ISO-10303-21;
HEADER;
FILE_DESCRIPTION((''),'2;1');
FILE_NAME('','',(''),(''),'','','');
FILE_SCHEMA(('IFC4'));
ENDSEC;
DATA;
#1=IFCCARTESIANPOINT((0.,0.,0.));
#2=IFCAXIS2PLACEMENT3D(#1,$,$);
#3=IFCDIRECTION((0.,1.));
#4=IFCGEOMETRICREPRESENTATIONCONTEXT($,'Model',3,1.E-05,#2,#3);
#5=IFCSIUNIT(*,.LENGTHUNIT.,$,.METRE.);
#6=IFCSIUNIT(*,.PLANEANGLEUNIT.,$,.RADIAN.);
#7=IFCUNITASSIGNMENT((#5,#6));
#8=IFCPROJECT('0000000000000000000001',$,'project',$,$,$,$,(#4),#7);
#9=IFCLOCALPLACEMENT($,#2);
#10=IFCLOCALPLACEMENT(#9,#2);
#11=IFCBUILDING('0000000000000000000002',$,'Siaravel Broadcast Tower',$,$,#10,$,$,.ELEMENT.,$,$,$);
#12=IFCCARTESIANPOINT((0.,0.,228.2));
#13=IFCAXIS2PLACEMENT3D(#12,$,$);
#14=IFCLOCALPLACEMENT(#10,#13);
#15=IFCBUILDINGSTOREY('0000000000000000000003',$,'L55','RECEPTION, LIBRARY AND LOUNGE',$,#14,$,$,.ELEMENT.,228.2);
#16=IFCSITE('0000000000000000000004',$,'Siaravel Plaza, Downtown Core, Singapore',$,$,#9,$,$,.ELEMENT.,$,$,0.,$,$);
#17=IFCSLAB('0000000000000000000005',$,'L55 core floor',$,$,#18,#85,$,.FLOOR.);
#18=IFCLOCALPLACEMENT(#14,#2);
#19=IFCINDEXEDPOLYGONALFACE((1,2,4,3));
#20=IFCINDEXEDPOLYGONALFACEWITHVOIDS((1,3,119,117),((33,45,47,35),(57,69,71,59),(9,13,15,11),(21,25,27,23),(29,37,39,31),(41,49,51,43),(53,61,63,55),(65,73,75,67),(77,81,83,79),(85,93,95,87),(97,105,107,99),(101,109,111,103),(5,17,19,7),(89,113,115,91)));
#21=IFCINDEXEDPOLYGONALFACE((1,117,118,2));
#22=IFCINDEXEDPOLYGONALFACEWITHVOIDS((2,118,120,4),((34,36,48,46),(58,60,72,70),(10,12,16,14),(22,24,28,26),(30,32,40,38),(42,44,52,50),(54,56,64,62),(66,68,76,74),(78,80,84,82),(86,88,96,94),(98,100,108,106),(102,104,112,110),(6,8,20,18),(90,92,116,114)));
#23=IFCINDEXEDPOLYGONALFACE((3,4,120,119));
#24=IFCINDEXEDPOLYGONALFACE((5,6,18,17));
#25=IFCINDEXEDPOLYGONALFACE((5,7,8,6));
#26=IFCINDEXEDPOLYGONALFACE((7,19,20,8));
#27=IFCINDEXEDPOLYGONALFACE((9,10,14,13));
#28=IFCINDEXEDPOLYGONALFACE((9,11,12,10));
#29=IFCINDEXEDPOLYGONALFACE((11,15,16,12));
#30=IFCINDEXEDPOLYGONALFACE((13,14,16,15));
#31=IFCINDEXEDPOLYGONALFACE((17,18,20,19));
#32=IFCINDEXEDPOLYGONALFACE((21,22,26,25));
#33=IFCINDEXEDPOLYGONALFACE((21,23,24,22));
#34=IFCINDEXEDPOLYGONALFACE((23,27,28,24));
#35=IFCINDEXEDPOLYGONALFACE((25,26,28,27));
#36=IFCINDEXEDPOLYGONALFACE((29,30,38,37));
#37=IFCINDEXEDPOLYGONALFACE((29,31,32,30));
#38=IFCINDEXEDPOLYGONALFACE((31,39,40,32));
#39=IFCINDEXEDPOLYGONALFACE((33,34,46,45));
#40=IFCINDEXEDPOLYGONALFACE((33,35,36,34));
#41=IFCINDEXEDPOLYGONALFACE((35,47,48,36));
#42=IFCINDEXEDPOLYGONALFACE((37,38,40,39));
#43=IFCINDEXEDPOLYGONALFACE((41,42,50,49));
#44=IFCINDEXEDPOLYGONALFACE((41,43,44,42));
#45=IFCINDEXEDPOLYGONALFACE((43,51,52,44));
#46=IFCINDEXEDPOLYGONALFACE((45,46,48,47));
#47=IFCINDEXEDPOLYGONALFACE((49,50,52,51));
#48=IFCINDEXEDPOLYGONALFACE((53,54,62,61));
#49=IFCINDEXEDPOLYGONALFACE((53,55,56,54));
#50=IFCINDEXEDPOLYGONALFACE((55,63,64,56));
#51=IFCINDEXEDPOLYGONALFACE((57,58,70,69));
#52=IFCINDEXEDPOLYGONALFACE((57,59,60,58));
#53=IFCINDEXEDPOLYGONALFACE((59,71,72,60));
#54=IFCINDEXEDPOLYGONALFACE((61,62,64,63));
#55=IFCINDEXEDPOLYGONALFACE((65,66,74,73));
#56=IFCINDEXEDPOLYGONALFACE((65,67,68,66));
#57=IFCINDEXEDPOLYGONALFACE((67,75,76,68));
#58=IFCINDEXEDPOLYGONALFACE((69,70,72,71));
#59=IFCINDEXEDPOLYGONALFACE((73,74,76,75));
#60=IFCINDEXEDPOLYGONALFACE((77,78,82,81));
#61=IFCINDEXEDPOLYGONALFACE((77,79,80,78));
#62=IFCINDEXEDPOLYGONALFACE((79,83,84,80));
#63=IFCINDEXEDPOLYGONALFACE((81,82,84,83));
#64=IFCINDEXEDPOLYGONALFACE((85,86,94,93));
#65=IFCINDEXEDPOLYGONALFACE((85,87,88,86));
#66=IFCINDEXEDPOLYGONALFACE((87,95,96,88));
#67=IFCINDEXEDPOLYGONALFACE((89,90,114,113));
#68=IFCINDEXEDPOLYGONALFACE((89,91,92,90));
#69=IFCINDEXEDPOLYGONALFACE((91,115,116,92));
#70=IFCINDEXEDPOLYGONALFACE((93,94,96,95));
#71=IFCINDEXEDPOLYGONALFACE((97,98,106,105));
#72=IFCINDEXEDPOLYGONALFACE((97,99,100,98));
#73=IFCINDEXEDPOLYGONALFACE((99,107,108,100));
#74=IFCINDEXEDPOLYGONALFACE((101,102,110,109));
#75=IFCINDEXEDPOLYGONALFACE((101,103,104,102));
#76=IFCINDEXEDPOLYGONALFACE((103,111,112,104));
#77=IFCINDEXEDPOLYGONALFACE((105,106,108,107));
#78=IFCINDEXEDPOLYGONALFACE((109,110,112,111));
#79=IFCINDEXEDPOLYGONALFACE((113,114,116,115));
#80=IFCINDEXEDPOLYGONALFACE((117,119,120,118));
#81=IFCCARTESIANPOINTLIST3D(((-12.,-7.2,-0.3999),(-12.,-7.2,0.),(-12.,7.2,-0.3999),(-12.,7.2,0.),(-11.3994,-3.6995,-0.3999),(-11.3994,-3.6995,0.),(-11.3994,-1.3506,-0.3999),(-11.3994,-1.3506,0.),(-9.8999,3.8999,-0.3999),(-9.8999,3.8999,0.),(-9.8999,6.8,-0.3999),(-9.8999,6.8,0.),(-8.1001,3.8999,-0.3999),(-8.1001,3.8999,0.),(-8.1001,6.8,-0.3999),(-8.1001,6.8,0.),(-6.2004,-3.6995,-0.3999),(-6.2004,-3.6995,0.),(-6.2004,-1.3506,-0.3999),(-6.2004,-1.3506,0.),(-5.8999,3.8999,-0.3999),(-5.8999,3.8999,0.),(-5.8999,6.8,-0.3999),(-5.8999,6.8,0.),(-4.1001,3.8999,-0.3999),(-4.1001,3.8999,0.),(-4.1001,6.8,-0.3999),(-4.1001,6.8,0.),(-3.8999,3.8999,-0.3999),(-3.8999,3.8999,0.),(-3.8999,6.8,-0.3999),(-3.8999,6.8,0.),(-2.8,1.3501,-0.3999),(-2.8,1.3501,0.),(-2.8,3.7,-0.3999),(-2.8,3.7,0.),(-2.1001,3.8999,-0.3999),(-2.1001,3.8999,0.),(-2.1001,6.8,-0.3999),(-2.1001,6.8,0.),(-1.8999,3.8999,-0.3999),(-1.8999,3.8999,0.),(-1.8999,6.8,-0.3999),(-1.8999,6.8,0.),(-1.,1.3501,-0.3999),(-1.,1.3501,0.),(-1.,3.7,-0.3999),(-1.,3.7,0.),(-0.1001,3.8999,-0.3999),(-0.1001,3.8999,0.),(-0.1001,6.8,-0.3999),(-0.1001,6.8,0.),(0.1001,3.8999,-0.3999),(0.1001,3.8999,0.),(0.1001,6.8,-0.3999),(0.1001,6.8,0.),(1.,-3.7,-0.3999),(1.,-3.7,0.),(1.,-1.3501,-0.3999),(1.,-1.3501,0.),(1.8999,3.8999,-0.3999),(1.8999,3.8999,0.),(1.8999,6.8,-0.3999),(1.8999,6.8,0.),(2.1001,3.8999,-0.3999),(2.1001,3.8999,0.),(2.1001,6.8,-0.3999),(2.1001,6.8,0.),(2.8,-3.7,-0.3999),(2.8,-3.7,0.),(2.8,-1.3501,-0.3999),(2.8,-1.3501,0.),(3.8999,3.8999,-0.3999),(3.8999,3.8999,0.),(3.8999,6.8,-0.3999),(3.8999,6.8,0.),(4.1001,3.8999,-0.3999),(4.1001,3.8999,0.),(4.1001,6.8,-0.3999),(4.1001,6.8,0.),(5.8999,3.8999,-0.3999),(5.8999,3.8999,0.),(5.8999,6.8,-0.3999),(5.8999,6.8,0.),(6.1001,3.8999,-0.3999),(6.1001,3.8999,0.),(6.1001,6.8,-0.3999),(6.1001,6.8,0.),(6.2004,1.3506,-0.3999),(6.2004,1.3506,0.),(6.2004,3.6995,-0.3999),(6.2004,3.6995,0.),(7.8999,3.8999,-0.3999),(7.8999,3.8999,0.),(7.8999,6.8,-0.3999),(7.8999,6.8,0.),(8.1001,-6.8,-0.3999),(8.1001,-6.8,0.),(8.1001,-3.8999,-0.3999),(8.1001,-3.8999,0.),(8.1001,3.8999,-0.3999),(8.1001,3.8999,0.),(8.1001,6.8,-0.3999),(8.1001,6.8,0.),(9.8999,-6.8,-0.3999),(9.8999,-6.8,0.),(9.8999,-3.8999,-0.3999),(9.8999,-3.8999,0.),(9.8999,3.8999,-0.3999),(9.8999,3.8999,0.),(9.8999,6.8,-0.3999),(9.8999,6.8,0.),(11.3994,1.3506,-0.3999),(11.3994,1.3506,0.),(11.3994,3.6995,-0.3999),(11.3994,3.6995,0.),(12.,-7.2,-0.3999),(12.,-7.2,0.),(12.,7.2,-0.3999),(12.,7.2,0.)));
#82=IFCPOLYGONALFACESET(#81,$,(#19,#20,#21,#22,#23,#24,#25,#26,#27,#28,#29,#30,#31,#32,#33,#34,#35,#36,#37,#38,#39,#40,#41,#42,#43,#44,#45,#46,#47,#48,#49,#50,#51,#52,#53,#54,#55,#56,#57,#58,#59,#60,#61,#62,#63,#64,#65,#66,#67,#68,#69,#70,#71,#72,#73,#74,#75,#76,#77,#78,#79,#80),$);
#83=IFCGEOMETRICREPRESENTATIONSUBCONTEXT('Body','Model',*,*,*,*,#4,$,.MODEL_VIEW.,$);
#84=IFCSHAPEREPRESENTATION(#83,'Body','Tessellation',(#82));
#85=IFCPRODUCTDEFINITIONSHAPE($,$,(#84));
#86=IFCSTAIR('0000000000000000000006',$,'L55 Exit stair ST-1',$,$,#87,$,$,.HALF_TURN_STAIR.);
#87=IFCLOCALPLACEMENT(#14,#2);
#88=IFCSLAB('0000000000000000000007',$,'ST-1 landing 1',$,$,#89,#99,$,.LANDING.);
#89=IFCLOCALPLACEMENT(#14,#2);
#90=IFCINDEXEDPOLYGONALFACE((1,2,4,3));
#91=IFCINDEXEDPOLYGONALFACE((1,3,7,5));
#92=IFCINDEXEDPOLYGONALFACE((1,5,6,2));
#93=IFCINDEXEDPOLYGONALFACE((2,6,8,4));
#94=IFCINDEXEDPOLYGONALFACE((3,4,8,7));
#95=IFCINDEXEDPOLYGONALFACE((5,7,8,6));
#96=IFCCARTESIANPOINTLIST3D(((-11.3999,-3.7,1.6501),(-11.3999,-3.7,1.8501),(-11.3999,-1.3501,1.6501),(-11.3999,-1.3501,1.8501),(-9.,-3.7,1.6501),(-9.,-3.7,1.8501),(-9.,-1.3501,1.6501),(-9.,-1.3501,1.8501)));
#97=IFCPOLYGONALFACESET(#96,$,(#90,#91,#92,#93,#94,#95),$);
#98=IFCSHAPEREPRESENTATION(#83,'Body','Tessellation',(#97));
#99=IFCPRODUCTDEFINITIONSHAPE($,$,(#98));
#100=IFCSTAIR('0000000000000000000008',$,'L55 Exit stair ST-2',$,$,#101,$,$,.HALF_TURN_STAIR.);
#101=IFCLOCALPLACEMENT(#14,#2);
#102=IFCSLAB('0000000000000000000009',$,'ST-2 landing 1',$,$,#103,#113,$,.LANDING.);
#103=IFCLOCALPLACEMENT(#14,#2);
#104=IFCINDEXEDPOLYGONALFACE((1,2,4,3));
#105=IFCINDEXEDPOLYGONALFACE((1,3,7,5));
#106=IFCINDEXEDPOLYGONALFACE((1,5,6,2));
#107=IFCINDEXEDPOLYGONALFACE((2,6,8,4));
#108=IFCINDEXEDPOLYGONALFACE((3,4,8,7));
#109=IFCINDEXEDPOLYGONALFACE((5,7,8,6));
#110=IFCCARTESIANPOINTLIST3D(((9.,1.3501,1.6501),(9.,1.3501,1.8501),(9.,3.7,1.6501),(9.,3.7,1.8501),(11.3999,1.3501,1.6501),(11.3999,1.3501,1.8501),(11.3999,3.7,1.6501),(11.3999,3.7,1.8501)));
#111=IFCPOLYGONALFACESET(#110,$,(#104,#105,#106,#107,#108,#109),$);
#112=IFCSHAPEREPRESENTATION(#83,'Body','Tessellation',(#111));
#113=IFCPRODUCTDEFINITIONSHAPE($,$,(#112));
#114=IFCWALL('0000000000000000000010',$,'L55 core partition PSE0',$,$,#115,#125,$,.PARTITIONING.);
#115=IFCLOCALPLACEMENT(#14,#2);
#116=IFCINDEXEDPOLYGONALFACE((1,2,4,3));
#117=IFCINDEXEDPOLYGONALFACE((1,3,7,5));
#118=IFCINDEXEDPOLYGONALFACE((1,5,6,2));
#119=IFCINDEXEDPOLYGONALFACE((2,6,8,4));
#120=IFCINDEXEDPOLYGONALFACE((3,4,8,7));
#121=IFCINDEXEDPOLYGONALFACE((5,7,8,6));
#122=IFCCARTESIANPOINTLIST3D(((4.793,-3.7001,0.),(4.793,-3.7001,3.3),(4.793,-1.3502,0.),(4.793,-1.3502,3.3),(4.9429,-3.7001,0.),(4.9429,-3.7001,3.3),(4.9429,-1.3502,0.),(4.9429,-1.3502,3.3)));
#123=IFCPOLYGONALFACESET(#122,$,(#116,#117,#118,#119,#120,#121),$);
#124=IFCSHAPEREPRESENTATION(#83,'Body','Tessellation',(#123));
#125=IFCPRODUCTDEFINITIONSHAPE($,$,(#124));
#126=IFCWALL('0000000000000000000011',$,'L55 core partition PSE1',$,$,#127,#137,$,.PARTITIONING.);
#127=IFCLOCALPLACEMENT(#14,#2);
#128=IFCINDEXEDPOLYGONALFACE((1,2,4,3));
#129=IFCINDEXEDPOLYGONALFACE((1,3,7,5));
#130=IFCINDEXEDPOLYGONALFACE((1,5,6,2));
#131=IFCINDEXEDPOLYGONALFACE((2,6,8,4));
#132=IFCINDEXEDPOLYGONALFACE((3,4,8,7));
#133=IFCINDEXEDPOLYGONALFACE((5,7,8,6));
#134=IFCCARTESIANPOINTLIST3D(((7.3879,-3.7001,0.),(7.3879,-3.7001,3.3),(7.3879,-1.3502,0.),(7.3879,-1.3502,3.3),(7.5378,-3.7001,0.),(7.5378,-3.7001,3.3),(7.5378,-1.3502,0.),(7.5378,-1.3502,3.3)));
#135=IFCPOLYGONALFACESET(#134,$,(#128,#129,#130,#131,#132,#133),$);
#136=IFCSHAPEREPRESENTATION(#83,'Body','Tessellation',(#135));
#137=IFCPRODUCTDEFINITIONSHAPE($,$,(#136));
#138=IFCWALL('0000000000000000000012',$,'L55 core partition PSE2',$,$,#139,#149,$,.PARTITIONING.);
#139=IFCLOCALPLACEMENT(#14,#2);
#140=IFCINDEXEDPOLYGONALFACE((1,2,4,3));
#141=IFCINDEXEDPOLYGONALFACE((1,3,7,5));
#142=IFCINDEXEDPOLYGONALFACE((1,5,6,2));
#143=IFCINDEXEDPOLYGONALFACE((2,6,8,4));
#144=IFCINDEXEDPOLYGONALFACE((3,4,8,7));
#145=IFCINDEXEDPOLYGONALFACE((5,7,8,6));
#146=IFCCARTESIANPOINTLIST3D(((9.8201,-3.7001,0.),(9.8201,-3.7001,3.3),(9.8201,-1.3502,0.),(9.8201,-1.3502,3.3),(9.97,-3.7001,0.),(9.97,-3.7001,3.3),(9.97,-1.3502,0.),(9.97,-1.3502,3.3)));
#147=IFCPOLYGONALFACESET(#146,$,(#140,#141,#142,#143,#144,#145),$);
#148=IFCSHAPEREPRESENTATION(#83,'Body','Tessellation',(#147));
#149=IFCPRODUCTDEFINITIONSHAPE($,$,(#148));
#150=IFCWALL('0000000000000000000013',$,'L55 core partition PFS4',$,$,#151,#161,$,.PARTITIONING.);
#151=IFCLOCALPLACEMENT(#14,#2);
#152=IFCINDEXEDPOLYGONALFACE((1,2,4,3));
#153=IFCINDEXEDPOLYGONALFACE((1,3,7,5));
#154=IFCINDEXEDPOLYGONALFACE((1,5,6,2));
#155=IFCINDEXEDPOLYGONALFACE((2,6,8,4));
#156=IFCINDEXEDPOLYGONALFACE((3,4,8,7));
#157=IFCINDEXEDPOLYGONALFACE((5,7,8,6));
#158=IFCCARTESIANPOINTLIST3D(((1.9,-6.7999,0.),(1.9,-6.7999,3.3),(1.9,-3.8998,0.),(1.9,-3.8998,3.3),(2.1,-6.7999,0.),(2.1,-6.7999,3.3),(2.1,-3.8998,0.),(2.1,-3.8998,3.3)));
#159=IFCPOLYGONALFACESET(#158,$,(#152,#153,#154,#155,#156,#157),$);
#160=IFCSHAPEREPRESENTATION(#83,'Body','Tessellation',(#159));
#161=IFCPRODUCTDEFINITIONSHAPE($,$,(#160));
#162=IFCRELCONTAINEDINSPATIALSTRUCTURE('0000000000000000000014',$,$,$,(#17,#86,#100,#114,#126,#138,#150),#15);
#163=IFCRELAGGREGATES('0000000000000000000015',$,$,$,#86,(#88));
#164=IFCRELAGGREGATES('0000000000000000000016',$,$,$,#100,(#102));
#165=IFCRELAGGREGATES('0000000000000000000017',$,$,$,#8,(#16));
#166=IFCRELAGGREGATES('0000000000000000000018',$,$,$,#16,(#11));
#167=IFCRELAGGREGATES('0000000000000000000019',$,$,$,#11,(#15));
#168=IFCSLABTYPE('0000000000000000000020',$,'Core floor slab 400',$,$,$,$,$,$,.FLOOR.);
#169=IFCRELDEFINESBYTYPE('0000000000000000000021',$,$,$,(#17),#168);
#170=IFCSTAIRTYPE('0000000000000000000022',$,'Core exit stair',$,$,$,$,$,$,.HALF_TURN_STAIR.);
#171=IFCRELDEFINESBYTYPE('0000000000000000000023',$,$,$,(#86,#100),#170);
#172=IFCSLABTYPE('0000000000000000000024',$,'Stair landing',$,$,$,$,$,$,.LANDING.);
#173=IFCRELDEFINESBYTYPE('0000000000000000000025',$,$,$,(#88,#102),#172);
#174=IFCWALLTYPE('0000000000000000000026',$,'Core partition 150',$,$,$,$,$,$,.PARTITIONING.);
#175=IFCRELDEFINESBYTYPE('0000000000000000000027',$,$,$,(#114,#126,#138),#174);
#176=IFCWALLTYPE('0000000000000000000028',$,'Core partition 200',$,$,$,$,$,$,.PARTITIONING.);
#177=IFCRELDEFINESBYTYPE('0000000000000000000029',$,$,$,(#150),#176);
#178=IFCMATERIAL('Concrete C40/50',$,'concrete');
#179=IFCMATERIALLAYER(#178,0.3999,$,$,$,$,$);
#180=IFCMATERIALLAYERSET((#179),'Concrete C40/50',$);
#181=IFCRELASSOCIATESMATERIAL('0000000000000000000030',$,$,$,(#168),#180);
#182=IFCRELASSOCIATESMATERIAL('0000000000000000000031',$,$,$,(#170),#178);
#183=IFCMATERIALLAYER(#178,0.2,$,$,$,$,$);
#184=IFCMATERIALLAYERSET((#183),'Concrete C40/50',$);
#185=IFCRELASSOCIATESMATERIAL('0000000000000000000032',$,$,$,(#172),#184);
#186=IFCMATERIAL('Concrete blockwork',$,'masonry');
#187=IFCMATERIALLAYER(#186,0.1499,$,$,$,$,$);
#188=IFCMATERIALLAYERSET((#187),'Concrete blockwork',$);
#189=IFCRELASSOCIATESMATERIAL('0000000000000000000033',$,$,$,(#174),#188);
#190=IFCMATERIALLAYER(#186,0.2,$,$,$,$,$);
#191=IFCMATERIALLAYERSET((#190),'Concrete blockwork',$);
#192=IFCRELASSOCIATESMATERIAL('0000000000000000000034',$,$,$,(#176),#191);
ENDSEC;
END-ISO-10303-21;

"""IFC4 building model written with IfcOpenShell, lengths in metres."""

from ifc_helpers import new_model, si_unit, direction, frame, frame_2d, origin, place, context, subcontext, project, spatial, polyline, rectangle, outline, extrude, material, layer, layer_set, type_object, element, aggregate, save


model = new_model("IFC4")

# Units and contexts
model_context = context("Model", 3, precision=1e-05, world=origin(), true_north=direction((0.0, 1.0)))
body_context = subcontext(model_context, "Body", "Model", "MODEL_VIEW")
ifc_project = project(units=[si_unit("LENGTHUNIT", "METRE"), si_unit("PLANEANGLEUNIT", "RADIAN")], contexts=[model_context])

# Site, building, storey
site_placement = place(None, origin())
site = spatial("IfcSite", under=ifc_project, at=site_placement, Name="Siaravel Plaza, Downtown Core, Singapore", CompositionType="ELEMENT", RefElevation=0.0)
building_placement = place(site_placement, origin())
building = spatial("IfcBuilding", under=site, at=building_placement, Name="Siaravel Broadcast Tower", CompositionType="ELEMENT")
storey_placement = place(building_placement, frame((0.0, 0.0, 228.2)))
storey = spatial("IfcBuildingStorey", under=building, at=storey_placement, Name="L55", Description="RECEPTION, LIBRARY AND LOUNGE", CompositionType="ELEMENT", Elevation=228.2)

# Slab
ifc_material_1 = material(Name="Concrete C40/50", Category="concrete")
ifc_layer_1 = layer(ifc_material_1, 0.3999)
ifc_layer_set_1 = layer_set([ifc_layer_1], Name="Concrete C40/50")
slab_type_1 = type_object("IfcSlabType", Name="Core floor slab 400", PredefinedType="FLOOR", material=ifc_layer_set_1)
slab_1_placement = place(storey_placement, frame((0.0, 0.0, -0.3999)))
element("IfcSlab", 1, at=slab_1_placement, inside=storey, type_object=slab_type_1, Name="L55 core floor", PredefinedType="FLOOR", context=body_context, shape_type="SweptSolid", body=[
    extrude(outline(polyline([(-12.0, -7.2), (-12.0, 7.2), (12.0, 7.2), (12.0, -7.2), (-12.0, -7.2)]), holes=[polyline([(11.3994, 1.3506), (11.3994, 3.6995), (6.2004, 3.6995), (6.2004, 1.3506), (11.3994, 1.3506)]), polyline([(8.1001, -3.8999), (8.1001, -6.8), (9.8999, -6.8), (9.8999, -3.8999), (8.1001, -3.8999)]), polyline([(9.8999, 6.8), (8.1001, 6.8), (8.1001, 3.8999), (9.8999, 3.8999), (9.8999, 6.8)]), polyline([(7.8999, 6.8), (6.1001, 6.8), (6.1001, 3.8999), (7.8999, 3.8999), (7.8999, 6.8)]), polyline([(5.8999, 6.8), (4.1001, 6.8), (4.1001, 3.8999), (5.8999, 3.8999), (5.8999, 6.8)]), polyline([(3.8999, 6.8), (2.1001, 6.8), (2.1001, 3.8999), (3.8999, 3.8999), (3.8999, 6.8)]), polyline([(2.8, -1.3501), (1.0, -1.3501), (1.0, -3.7), (2.8, -3.7), (2.8, -1.3501)]), polyline([(1.8999, 6.8), (0.1001, 6.8), (0.1001, 3.8999), (1.8999, 3.8999), (1.8999, 6.8)]), polyline([(-0.1001, 6.8), (-1.8999, 6.8), (-1.8999, 3.8999), (-0.1001, 3.8999), (-0.1001, 6.8)]), polyline([(-1.0, 3.7), (-2.8, 3.7), (-2.8, 1.3501), (-1.0, 1.3501), (-1.0, 3.7)]), polyline([(-2.1001, 6.8), (-3.8999, 6.8), (-3.8999, 3.8999), (-2.1001, 3.8999), (-2.1001, 6.8)]), polyline([(-4.1001, 6.8), (-5.8999, 6.8), (-5.8999, 3.8999), (-4.1001, 3.8999), (-4.1001, 6.8)]), polyline([(-11.3994, -3.6995), (-6.2004, -3.6995), (-6.2004, -1.3506), (-11.3994, -1.3506), (-11.3994, -3.6995)]), polyline([(-8.1001, 6.8), (-9.8999, 6.8), (-9.8999, 3.8999), (-8.1001, 3.8999), (-8.1001, 6.8)])]), origin(), (0.0, 0.0, 1.0), 0.3999),
])

# Stairs, slabs
stair_type = type_object("IfcStairType", Name="Core exit stair", PredefinedType="HALF_TURN_STAIR", material=ifc_material_1)
stair_1_placement = place(storey_placement, origin())
stair_1 = element("IfcStair", 2, at=stair_1_placement, inside=storey, type_object=stair_type, Name="L55 Exit stair ST-1", PredefinedType="HALF_TURN_STAIR")
ifc_layer_2 = layer(ifc_material_1, 0.2)
ifc_layer_set_2 = layer_set([ifc_layer_2], Name="Concrete C40/50")
slab_type_2 = type_object("IfcSlabType", Name="Stair landing", PredefinedType="LANDING", material=ifc_layer_set_2)
slab_2_placement = place(storey_placement, frame((0.0, 0.0, 1.6501)))
slab_2 = element("IfcSlab", 3, at=slab_2_placement, type_object=slab_type_2, Name="ST-1 landing 1", PredefinedType="LANDING", context=body_context, shape_type="SweptSolid", body=[
    extrude(outline(polyline([(-9.0, -1.3501), (-11.3999, -1.3501), (-11.3999, -3.7), (-9.0, -3.7), (-9.0, -1.3501)])), origin(), (0.0, 0.0, 1.0), 0.2),
])
aggregate(stair_1, [slab_2])
stair_2_placement = place(storey_placement, origin())
stair_2 = element("IfcStair", 4, at=stair_2_placement, inside=storey, type_object=stair_type, Name="L55 Exit stair ST-2", PredefinedType="HALF_TURN_STAIR")
slab_3_placement = place(storey_placement, frame((0.0, 0.0, 1.6501)))
slab_3 = element("IfcSlab", 5, at=slab_3_placement, type_object=slab_type_2, Name="ST-2 landing 1", PredefinedType="LANDING", context=body_context, shape_type="SweptSolid", body=[
    extrude(outline(polyline([(9.0, 1.3501), (11.3999, 1.3501), (11.3999, 3.7), (9.0, 3.7), (9.0, 1.3501)])), origin(), (0.0, 0.0, 1.0), 0.2),
])
aggregate(stair_2, [slab_3])

# Walls
ifc_material_2 = material(Name="Concrete blockwork", Category="masonry")
ifc_layer_3 = layer(ifc_material_2, 0.1499)
ifc_layer_set_3 = layer_set([ifc_layer_3], Name="Concrete blockwork")
wall_type_1 = type_object("IfcWallType", Name="Core partition 150", PredefinedType="PARTITIONING", material=ifc_layer_set_3)
for number, where, z_axis, x_axis, name in (
    (6, (4.8679, -3.7, 0.0), (0.0, 0.0, 1.0), (0.0, 1.0, 0.0), "L55 core partition PSE0"),
    (7, (7.4629, -3.7, 0.0), (0.0, 0.0, 1.0), (0.0, 1.0, 0.0), "L55 core partition PSE1"),
    (8, (9.895, -3.7, 0.0), (0.0, 0.0, 1.0), (0.0, 1.0, 0.0), "L55 core partition PSE2"),
):
    element("IfcWall", number, at=place(storey_placement, frame(where, z_axis=z_axis, x_axis=x_axis)), inside=storey, type_object=wall_type_1, Name=name, PredefinedType="PARTITIONING", context=body_context, shape_type="SweptSolid", body=[
        extrude(rectangle(XDim=2.3499, YDim=0.1499, at=frame_2d((1.1748, 0.0))), origin(), (0.0, 0.0, 1.0), 3.3),
    ])
ifc_layer_4 = layer(ifc_material_2, 0.2)
ifc_layer_set_4 = layer_set([ifc_layer_4], Name="Concrete blockwork")
wall_type_2 = type_object("IfcWallType", Name="Core partition 200", PredefinedType="PARTITIONING", material=ifc_layer_set_4)
wall_1_placement = place(storey_placement, frame((2.0, -6.8, 0.0), z_axis=(0.0, 0.0, 1.0), x_axis=(0.0, 1.0, 0.0)))
element("IfcWall", 9, at=wall_1_placement, inside=storey, type_object=wall_type_2, Name="L55 core partition PFS4", PredefinedType="PARTITIONING", context=body_context, shape_type="SweptSolid", body=[
    extrude(rectangle(XDim=2.9001, YDim=0.2, at=frame_2d((1.4502, 0.0))), origin(), (0.0, 0.0, 1.0), 3.3),
])

save(model, "model.ifc")
